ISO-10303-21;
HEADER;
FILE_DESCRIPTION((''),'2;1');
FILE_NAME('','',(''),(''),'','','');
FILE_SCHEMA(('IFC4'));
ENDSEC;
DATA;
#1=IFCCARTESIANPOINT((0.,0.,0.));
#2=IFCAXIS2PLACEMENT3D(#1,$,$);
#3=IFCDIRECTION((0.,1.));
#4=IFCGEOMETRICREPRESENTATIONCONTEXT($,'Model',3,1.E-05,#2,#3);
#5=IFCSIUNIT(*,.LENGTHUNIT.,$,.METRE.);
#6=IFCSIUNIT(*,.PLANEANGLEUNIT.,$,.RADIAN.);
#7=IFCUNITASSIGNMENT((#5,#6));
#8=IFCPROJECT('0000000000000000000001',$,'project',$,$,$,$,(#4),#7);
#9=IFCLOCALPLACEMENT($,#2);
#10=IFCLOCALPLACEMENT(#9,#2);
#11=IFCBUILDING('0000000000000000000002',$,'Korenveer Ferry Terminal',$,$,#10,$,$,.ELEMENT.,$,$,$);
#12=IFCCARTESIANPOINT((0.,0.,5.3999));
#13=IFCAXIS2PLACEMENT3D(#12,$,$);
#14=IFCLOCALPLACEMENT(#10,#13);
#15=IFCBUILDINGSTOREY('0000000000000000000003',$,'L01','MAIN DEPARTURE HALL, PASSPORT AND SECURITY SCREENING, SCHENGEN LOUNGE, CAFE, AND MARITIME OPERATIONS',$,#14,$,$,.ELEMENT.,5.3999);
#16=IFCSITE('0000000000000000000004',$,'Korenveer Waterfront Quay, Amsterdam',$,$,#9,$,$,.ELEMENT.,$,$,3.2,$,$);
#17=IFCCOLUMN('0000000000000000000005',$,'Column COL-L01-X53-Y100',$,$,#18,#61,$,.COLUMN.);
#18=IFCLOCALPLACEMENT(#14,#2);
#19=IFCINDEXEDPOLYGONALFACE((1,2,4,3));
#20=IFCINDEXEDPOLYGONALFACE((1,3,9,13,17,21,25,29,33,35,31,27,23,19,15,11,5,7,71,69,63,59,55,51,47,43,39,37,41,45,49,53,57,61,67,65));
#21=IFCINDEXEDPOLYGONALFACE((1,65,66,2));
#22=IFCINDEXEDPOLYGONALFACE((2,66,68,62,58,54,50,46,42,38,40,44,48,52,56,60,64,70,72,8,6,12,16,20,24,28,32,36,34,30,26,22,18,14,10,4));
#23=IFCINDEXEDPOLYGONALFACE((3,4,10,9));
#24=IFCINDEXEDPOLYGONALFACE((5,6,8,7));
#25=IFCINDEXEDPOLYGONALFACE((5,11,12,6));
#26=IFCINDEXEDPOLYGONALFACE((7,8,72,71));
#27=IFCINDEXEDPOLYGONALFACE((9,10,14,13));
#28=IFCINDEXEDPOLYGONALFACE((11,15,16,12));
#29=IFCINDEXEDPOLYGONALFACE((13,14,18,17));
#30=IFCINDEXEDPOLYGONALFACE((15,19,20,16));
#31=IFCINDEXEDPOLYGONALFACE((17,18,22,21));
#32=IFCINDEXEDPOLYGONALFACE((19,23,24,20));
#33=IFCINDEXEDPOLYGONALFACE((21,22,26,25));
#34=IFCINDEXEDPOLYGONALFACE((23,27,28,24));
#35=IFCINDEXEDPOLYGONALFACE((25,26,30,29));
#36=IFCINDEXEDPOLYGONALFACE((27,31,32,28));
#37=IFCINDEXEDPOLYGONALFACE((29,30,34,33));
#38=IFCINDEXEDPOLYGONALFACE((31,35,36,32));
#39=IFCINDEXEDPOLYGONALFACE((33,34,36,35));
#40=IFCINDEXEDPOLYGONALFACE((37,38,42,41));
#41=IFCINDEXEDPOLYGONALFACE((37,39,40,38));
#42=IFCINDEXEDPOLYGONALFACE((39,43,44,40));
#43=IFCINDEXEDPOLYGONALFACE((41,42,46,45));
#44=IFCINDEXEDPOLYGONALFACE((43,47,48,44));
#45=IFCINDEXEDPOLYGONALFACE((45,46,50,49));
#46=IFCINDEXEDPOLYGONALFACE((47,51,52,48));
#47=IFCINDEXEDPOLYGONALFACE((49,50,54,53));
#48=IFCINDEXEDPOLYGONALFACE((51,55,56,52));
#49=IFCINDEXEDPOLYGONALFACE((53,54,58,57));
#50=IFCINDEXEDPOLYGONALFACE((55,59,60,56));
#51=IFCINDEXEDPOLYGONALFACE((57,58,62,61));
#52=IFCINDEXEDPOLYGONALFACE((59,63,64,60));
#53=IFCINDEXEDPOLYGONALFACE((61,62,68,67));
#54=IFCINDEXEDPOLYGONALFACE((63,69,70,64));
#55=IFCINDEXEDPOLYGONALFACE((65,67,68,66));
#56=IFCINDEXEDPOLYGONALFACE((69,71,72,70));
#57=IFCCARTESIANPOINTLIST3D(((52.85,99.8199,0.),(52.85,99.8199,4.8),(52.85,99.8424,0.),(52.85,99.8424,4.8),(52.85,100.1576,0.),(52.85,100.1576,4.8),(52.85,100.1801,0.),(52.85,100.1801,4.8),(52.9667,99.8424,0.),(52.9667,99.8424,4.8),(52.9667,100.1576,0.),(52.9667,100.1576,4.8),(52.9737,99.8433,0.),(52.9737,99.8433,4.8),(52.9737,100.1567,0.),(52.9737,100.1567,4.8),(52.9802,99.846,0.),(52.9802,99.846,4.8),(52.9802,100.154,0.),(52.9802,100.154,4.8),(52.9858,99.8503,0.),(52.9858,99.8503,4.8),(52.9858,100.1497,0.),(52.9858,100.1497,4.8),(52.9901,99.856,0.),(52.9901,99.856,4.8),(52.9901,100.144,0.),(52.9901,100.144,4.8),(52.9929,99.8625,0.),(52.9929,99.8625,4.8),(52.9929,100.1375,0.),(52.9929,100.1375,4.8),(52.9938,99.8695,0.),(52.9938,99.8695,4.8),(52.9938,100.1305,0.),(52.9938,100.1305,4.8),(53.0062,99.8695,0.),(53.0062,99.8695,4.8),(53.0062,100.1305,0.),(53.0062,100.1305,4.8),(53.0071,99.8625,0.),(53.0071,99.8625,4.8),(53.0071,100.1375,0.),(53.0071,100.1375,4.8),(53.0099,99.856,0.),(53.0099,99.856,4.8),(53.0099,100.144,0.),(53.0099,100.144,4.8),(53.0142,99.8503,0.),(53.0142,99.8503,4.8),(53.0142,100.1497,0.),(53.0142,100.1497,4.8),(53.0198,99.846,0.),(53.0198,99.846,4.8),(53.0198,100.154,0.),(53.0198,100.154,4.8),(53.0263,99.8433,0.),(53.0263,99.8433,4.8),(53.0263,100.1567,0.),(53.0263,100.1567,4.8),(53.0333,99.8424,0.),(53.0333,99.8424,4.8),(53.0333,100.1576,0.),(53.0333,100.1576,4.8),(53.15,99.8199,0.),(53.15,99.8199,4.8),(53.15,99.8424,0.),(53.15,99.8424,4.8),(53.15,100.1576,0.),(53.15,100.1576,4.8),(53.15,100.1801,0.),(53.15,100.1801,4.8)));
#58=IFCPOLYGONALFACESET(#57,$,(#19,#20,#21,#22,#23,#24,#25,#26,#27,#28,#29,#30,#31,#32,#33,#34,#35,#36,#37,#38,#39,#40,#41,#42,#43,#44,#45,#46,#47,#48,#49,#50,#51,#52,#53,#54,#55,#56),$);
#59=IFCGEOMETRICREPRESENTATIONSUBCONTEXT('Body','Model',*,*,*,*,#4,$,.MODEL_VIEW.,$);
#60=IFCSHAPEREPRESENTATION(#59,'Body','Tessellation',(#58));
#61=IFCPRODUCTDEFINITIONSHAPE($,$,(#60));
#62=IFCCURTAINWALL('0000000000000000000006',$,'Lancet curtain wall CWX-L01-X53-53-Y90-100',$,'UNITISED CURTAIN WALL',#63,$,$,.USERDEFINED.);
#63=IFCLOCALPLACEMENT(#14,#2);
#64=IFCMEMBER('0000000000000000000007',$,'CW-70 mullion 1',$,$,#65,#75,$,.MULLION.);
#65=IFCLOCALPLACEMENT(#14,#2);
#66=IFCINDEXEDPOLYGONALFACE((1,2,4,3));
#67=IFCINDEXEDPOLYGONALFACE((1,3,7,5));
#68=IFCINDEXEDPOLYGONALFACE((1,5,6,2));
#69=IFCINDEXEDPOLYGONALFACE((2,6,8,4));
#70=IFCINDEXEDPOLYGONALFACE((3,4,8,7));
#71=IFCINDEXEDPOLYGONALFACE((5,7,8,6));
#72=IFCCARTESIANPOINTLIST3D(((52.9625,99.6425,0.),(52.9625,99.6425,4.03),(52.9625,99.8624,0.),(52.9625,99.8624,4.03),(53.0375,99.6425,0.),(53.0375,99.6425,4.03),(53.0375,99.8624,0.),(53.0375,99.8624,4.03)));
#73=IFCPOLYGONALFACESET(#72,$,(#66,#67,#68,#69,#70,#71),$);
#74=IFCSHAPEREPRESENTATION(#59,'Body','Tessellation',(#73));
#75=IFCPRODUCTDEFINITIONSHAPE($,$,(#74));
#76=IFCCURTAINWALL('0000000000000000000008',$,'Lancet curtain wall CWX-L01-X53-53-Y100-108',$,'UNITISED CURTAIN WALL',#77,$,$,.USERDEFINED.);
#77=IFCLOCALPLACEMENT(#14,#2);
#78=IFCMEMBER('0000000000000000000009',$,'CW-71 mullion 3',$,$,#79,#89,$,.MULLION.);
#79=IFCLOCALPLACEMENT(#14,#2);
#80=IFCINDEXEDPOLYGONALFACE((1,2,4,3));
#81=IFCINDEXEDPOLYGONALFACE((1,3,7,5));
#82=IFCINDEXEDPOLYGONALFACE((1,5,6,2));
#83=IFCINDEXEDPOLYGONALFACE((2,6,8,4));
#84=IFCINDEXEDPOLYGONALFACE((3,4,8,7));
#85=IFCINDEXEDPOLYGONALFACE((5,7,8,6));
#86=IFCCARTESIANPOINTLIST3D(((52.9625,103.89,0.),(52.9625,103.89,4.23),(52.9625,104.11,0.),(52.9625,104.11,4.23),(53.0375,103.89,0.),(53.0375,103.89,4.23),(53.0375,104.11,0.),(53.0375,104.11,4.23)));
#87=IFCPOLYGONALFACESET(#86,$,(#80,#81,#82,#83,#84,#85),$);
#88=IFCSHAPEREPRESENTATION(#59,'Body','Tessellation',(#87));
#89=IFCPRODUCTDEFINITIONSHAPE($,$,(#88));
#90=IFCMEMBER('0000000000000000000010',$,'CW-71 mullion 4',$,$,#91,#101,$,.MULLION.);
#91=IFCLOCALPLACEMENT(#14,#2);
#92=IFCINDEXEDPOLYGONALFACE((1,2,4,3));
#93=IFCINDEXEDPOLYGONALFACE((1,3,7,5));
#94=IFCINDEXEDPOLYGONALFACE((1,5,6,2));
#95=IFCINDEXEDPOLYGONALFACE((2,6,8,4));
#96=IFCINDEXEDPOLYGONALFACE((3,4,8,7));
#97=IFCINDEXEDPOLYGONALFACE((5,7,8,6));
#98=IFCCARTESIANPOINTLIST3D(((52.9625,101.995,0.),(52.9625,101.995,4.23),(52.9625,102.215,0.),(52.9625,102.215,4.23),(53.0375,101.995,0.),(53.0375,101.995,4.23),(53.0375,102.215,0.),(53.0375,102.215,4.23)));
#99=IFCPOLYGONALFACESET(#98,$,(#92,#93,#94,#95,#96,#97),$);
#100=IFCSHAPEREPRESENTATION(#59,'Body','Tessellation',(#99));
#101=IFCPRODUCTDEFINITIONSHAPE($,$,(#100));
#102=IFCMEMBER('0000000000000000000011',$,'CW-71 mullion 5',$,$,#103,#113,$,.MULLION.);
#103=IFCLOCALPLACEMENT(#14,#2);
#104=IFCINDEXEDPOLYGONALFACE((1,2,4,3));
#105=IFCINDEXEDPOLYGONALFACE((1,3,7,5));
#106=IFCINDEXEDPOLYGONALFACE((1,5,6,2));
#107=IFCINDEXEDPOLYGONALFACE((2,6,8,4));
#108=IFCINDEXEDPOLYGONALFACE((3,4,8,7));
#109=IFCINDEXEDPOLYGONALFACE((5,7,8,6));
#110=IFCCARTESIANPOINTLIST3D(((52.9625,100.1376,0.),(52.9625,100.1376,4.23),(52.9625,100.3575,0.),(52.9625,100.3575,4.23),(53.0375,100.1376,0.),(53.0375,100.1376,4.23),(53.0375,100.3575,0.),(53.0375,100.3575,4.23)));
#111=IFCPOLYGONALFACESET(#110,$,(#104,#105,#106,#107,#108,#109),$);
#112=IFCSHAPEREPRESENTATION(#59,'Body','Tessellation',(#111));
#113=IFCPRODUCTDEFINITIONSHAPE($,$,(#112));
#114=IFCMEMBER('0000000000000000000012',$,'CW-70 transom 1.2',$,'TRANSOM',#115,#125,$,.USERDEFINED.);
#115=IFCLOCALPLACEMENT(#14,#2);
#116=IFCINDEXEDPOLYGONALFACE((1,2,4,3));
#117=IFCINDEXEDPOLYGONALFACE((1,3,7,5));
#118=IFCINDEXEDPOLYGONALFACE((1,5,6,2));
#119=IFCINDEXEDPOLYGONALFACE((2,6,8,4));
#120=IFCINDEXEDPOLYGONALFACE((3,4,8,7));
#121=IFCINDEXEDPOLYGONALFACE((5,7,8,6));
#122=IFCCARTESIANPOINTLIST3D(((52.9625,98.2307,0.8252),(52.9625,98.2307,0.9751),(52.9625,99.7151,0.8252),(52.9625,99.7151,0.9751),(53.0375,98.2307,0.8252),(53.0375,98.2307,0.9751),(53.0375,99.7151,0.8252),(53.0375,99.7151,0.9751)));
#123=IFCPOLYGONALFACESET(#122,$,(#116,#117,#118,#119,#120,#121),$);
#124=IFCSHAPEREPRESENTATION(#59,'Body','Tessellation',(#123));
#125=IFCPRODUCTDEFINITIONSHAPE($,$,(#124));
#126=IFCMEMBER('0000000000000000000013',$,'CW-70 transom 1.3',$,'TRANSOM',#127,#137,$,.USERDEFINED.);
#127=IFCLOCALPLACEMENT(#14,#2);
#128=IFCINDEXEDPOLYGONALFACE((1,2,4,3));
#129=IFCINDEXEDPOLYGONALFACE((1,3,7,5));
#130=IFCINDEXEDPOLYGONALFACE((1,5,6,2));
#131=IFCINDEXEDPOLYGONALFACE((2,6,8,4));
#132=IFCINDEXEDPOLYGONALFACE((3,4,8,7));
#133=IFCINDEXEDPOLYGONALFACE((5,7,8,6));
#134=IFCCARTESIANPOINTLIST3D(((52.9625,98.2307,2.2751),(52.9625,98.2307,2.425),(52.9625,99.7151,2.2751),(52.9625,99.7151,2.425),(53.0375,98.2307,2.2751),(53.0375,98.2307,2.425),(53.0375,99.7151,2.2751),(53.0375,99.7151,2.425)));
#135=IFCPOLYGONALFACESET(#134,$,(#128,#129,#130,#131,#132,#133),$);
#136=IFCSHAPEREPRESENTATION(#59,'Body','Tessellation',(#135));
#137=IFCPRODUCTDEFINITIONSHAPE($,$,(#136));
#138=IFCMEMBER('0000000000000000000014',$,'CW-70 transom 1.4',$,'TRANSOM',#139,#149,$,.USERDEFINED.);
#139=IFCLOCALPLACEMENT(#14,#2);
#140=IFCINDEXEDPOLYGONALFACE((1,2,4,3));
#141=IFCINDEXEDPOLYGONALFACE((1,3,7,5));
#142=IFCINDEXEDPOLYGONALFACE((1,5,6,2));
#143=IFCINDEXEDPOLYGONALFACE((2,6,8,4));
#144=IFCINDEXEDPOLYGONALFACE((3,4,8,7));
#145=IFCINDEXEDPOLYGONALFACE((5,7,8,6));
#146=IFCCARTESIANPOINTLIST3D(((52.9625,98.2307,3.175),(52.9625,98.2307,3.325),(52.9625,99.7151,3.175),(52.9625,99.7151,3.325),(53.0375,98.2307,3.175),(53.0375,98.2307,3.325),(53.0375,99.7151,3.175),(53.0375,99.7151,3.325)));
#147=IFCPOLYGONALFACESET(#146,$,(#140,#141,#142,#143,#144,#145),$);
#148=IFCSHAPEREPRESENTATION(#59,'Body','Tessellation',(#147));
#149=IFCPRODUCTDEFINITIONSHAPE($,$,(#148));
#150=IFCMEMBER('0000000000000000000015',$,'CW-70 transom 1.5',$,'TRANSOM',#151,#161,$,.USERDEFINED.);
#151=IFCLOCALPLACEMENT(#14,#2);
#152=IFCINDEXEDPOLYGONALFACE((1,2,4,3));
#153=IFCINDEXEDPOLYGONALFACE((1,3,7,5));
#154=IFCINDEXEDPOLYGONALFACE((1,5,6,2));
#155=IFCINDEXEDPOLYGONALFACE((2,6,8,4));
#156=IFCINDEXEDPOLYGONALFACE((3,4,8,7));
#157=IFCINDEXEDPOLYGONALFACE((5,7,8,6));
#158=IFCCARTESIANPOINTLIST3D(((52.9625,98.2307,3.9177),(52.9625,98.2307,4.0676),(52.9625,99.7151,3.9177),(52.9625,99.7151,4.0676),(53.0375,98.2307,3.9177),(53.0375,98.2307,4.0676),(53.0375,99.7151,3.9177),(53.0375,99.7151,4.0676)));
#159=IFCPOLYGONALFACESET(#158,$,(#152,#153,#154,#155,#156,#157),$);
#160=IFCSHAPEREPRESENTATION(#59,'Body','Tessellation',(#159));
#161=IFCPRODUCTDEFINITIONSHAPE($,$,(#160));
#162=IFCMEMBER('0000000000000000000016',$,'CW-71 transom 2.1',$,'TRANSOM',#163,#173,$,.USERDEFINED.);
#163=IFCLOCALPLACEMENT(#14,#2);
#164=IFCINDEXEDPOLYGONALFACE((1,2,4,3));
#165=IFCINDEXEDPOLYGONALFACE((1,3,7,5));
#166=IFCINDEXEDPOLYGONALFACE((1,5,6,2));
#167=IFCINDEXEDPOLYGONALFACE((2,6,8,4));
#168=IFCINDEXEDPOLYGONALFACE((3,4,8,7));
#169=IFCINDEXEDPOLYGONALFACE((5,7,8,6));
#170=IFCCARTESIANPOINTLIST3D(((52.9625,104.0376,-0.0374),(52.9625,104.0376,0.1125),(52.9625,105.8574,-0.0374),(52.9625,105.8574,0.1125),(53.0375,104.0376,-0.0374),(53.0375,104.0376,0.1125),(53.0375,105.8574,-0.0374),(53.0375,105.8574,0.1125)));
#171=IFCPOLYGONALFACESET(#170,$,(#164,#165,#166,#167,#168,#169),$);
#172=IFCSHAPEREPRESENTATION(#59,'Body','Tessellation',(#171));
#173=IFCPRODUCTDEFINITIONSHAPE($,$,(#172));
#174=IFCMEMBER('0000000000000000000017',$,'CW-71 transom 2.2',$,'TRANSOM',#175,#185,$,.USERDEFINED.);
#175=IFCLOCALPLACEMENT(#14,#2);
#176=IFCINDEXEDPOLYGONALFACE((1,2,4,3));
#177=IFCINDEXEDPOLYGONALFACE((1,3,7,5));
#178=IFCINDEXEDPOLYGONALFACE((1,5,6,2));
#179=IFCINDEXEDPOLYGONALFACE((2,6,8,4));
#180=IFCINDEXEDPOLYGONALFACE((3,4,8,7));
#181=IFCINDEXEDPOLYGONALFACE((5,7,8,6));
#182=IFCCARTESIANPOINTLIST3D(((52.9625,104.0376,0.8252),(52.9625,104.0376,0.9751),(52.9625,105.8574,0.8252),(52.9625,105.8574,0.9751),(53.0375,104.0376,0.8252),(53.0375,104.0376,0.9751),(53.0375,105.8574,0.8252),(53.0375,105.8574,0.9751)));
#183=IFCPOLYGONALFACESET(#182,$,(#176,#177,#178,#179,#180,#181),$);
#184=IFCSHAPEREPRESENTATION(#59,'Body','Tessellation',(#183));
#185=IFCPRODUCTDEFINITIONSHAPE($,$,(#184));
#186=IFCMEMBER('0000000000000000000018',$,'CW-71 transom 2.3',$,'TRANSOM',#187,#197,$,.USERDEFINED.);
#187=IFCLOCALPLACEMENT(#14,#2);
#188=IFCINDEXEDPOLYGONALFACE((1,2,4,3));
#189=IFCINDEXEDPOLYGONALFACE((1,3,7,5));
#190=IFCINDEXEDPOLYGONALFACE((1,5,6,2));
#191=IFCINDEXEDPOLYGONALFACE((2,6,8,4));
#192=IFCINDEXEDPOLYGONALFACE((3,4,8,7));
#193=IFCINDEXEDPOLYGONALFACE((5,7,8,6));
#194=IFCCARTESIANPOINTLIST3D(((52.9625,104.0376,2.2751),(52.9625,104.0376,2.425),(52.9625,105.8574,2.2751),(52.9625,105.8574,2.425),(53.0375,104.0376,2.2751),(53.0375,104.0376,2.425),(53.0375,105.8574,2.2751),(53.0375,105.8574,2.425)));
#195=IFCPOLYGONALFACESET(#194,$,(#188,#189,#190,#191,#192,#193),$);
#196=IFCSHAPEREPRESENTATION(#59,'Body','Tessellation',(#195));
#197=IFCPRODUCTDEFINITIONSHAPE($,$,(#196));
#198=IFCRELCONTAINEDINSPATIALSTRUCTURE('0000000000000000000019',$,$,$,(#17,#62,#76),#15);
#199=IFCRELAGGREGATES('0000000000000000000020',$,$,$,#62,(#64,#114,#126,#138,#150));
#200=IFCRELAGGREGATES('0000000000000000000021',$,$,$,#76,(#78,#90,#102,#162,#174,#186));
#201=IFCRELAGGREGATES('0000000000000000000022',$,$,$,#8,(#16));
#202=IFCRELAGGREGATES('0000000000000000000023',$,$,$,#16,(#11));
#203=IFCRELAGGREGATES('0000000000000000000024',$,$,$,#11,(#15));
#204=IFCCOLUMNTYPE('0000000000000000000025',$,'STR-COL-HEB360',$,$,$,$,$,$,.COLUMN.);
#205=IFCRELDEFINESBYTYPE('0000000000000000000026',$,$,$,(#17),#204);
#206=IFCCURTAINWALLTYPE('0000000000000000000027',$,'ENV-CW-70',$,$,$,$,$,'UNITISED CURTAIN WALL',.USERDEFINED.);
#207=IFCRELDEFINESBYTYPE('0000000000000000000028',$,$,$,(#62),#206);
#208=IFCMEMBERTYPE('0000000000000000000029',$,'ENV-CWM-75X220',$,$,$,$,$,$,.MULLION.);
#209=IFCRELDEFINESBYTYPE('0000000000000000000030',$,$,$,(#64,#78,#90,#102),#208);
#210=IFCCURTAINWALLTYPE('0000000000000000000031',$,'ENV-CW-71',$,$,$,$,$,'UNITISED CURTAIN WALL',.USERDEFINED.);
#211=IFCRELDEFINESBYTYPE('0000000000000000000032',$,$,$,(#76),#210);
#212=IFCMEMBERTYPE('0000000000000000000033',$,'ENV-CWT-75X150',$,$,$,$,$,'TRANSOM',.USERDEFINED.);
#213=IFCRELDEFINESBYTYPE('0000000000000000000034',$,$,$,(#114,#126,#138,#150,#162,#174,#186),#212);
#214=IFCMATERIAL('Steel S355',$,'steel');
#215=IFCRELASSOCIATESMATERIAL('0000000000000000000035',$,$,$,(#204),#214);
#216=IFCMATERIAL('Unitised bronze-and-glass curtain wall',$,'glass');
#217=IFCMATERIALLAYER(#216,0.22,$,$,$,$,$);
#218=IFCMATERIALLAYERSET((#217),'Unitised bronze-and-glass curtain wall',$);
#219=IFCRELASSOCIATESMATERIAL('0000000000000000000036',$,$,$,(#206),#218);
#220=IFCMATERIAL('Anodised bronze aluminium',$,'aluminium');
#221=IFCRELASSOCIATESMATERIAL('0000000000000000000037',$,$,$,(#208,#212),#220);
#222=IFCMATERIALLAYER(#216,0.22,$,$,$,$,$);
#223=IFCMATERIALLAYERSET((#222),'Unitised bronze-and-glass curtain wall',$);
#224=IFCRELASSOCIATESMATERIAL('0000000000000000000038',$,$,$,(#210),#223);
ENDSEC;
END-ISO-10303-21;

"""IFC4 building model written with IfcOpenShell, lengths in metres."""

from ifc_helpers import new_model, si_unit, direction, frame, origin, origin_2d, place, context, subcontext, project, spatial, rectangle, i_section, extrude, material, layer, layer_set, material_profile, profile_set, type_object, element, aggregate, save


model = new_model("IFC4")

# Units and contexts
model_context = context("Model", 3, precision=1e-05, world=origin(), true_north=direction((0.0, 1.0)))
body_context = subcontext(model_context, "Body", "Model", "MODEL_VIEW")
ifc_project = project(units=[si_unit("LENGTHUNIT", "METRE"), si_unit("PLANEANGLEUNIT", "RADIAN")], contexts=[model_context])

# Site, building, storey
site_placement = place(None, origin())
site = spatial("IfcSite", under=ifc_project, at=site_placement, Name="Korenveer Waterfront Quay, Amsterdam", CompositionType="ELEMENT", RefElevation=3.2)
building_placement = place(site_placement, origin())
building = spatial("IfcBuilding", under=site, at=building_placement, Name="Korenveer Ferry Terminal", CompositionType="ELEMENT")
storey_placement = place(building_placement, frame((0.0, 0.0, 5.3999)))
storey = spatial("IfcBuildingStorey", under=building, at=storey_placement, Name="L01", Description="MAIN DEPARTURE HALL, PASSPORT AND SECURITY SCREENING, SCHENGEN LOUNGE, CAFE, AND MARITIME OPERATIONS", CompositionType="ELEMENT", Elevation=5.3999)

# Column
ifc_material_1 = material(Name="Steel S355", Category="steel")
ifc_material_profile_1 = material_profile(ifc_material_1, i_section(OverallWidth=0.3, OverallDepth=0.3601, WebThickness=0.0125, FlangeThickness=0.0225, FilletRadius=0.0271, at=origin_2d()), Name="HEB 360")
ifc_profile_set_1 = profile_set([ifc_material_profile_1], Name="Steel S355")
column_type = type_object("IfcColumnType", Name="STR-COL-HEB360", PredefinedType="COLUMN", material=ifc_profile_set_1)
column_placement = place(storey_placement, frame((53.0, 100.0, 0.0), z_axis=(0.0, 0.0, 1.0), x_axis=(1.0, 0.0, 0.0)))
element("IfcColumn", 1, at=column_placement, inside=storey, type_object=column_type, Name="Column COL-L01-X53-Y100", PredefinedType="COLUMN", context=body_context, shape_type="SweptSolid", body=[
    extrude(i_section(OverallWidth=0.3, OverallDepth=0.3601, WebThickness=0.0125, FlangeThickness=0.0225, FilletRadius=0.0271, at=origin_2d()), origin(), (0.0, 0.0, 1.0), 4.8),
])

# Curtain wall, member
ifc_material_2 = material(Name="Unitised bronze-and-glass curtain wall", Category="glass")
ifc_layer_1 = layer(ifc_material_2, 0.22)
ifc_layer_set_1 = layer_set([ifc_layer_1], Name="Unitised bronze-and-glass curtain wall")
curtain_wall_type_1 = type_object("IfcCurtainWallType", Name="ENV-CW-70", ElementType="UNITISED CURTAIN WALL", PredefinedType="USERDEFINED", material=ifc_layer_set_1)
curtain_wall_1_placement = place(storey_placement, frame((53.0, 99.79, 0.0)))
curtain_wall_1 = element("IfcCurtainWall", 2, at=curtain_wall_1_placement, inside=storey, type_object=curtain_wall_type_1, Name="Lancet curtain wall CWX-L01-X53-53-Y90-100", ObjectType="UNITISED CURTAIN WALL", PredefinedType="USERDEFINED")
ifc_material_3 = material(Name="Anodised bronze aluminium", Category="aluminium")
ifc_material_profile_2 = material_profile(ifc_material_3, rectangle(XDim=0.075, YDim=0.22, at=origin_2d()), Name="ALU 75x220")
ifc_profile_set_2 = profile_set([ifc_material_profile_2], Name="Anodised bronze aluminium")
member_type_1 = type_object("IfcMemberType", Name="ENV-CWM-75X220", PredefinedType="MULLION", material=ifc_profile_set_2)
member_1_placement = place(storey_placement, frame((53.0, 99.7524, 0.0), z_axis=(0.0, 0.0, 1.0), x_axis=(1.0, 0.0, 0.0)))
member_1 = element("IfcMember", 3, at=member_1_placement, type_object=member_type_1, Name="CW-70 mullion 1", PredefinedType="MULLION", context=body_context, shape_type="SweptSolid", body=[
    extrude(rectangle(XDim=0.075, YDim=0.22, at=origin_2d()), origin(), (0.0, 0.0, 1.0), 4.03),
])

# Curtain wall, members
ifc_layer_2 = layer(ifc_material_2, 0.22)
ifc_layer_set_2 = layer_set([ifc_layer_2], Name="Unitised bronze-and-glass curtain wall")
curtain_wall_type_2 = type_object("IfcCurtainWallType", Name="ENV-CW-71", ElementType="UNITISED CURTAIN WALL", PredefinedType="USERDEFINED", material=ifc_layer_set_2)
curtain_wall_2_placement = place(storey_placement, frame((53.0, 107.79, 0.0)))
curtain_wall_2 = element("IfcCurtainWall", 4, at=curtain_wall_2_placement, inside=storey, type_object=curtain_wall_type_2, Name="Lancet curtain wall CWX-L01-X53-53-Y100-108", ObjectType="UNITISED CURTAIN WALL", PredefinedType="USERDEFINED")
member_2_placement = place(storey_placement, frame((53.0, 104.0, 0.0), z_axis=(0.0, 0.0, 1.0), x_axis=(1.0, 0.0, 0.0)))
member_2 = element("IfcMember", 5, at=member_2_placement, type_object=member_type_1, Name="CW-71 mullion 3", PredefinedType="MULLION", context=body_context, shape_type="SweptSolid", body=[
    extrude(rectangle(XDim=0.075, YDim=0.22, at=origin_2d()), origin(), (0.0, 0.0, 1.0), 4.23),
])
member_3_placement = place(storey_placement, frame((53.0, 102.105, 0.0), z_axis=(0.0, 0.0, 1.0), x_axis=(1.0, 0.0, 0.0)))
member_3 = element("IfcMember", 6, at=member_3_placement, type_object=member_type_1, Name="CW-71 mullion 4", PredefinedType="MULLION", context=body_context, shape_type="SweptSolid", body=[
    extrude(rectangle(XDim=0.075, YDim=0.22, at=origin_2d()), origin(), (0.0, 0.0, 1.0), 4.23),
])
member_4_placement = place(storey_placement, frame((53.0, 100.2476, 0.0), z_axis=(0.0, 0.0, 1.0), x_axis=(1.0, 0.0, 0.0)))
member_4 = element("IfcMember", 7, at=member_4_placement, type_object=member_type_1, Name="CW-71 mullion 5", PredefinedType="MULLION", context=body_context, shape_type="SweptSolid", body=[
    extrude(rectangle(XDim=0.075, YDim=0.22, at=origin_2d()), origin(), (0.0, 0.0, 1.0), 4.23),
])

# Members
ifc_material_profile_3 = material_profile(ifc_material_3, rectangle(XDim=0.075, YDim=0.1499, at=origin_2d()), Name="ALU 75x150")
ifc_profile_set_3 = profile_set([ifc_material_profile_3], Name="Anodised bronze aluminium")
member_type_2 = type_object("IfcMemberType", Name="ENV-CWT-75X150", ElementType="TRANSOM", PredefinedType="USERDEFINED", material=ifc_profile_set_3)
member_5_placement = place(storey_placement, frame((53.0, 99.7151, 0.9001), z_axis=(0.0, -1.0, 0.0), x_axis=(1.0, 0.0, 0.0)))
member_5 = element("IfcMember", 8, at=member_5_placement, type_object=member_type_2, Name="CW-70 transom 1.2", ObjectType="TRANSOM", PredefinedType="USERDEFINED", context=body_context, shape_type="SweptSolid", body=[
    extrude(rectangle(XDim=0.075, YDim=0.1499, at=origin_2d()), origin(), (0.0, 0.0, 1.0), 1.4844),
])
member_6_placement = place(storey_placement, frame((53.0, 99.7151, 2.3501), z_axis=(0.0, -1.0, 0.0), x_axis=(1.0, 0.0, 0.0)))
member_6 = element("IfcMember", 9, at=member_6_placement, type_object=member_type_2, Name="CW-70 transom 1.3", ObjectType="TRANSOM", PredefinedType="USERDEFINED", context=body_context, shape_type="SweptSolid", body=[
    extrude(rectangle(XDim=0.075, YDim=0.1499, at=origin_2d()), origin(), (0.0, 0.0, 1.0), 1.4844),
])
member_7_placement = place(storey_placement, frame((53.0, 99.7151, 3.25), z_axis=(0.0, -1.0, 0.0), x_axis=(1.0, 0.0, 0.0)))
member_7 = element("IfcMember", 10, at=member_7_placement, type_object=member_type_2, Name="CW-70 transom 1.4", ObjectType="TRANSOM", PredefinedType="USERDEFINED", context=body_context, shape_type="SweptSolid", body=[
    extrude(rectangle(XDim=0.075, YDim=0.1499, at=origin_2d()), origin(), (0.0, 0.0, 1.0), 1.4844),
])
member_8_placement = place(storey_placement, frame((53.0, 99.7151, 3.9927), z_axis=(0.0, -1.0, 0.0), x_axis=(1.0, 0.0, 0.0)))
member_8 = element("IfcMember", 11, at=member_8_placement, type_object=member_type_2, Name="CW-70 transom 1.5", ObjectType="TRANSOM", PredefinedType="USERDEFINED", context=body_context, shape_type="SweptSolid", body=[
    extrude(rectangle(XDim=0.075, YDim=0.1499, at=origin_2d()), origin(), (0.0, 0.0, 1.0), 1.4844),
])
aggregate(curtain_wall_1, [member_1, member_5, member_6, member_7, member_8])
member_9_placement = place(storey_placement, frame((53.0, 105.8574, 0.0376), z_axis=(0.0, -1.0, 0.0), x_axis=(1.0, 0.0, 0.0)))
member_9 = element("IfcMember", 12, at=member_9_placement, type_object=member_type_2, Name="CW-71 transom 2.1", ObjectType="TRANSOM", PredefinedType="USERDEFINED", context=body_context, shape_type="SweptSolid", body=[
    extrude(rectangle(XDim=0.075, YDim=0.1499, at=origin_2d()), origin(), (0.0, 0.0, 1.0), 1.8198),
])
member_10_placement = place(storey_placement, frame((53.0, 105.8574, 0.9001), z_axis=(0.0, -1.0, 0.0), x_axis=(1.0, 0.0, 0.0)))
member_10 = element("IfcMember", 13, at=member_10_placement, type_object=member_type_2, Name="CW-71 transom 2.2", ObjectType="TRANSOM", PredefinedType="USERDEFINED", context=body_context, shape_type="SweptSolid", body=[
    extrude(rectangle(XDim=0.075, YDim=0.1499, at=origin_2d()), origin(), (0.0, 0.0, 1.0), 1.8198),
])
member_11_placement = place(storey_placement, frame((53.0, 105.8574, 2.3501), z_axis=(0.0, -1.0, 0.0), x_axis=(1.0, 0.0, 0.0)))
member_11 = element("IfcMember", 14, at=member_11_placement, type_object=member_type_2, Name="CW-71 transom 2.3", ObjectType="TRANSOM", PredefinedType="USERDEFINED", context=body_context, shape_type="SweptSolid", body=[
    extrude(rectangle(XDim=0.075, YDim=0.1499, at=origin_2d()), origin(), (0.0, 0.0, 1.0), 1.8198),
])

aggregate(curtain_wall_2, [member_2, member_3, member_4, member_9, member_10, member_11])

save(model, "model.ifc")
